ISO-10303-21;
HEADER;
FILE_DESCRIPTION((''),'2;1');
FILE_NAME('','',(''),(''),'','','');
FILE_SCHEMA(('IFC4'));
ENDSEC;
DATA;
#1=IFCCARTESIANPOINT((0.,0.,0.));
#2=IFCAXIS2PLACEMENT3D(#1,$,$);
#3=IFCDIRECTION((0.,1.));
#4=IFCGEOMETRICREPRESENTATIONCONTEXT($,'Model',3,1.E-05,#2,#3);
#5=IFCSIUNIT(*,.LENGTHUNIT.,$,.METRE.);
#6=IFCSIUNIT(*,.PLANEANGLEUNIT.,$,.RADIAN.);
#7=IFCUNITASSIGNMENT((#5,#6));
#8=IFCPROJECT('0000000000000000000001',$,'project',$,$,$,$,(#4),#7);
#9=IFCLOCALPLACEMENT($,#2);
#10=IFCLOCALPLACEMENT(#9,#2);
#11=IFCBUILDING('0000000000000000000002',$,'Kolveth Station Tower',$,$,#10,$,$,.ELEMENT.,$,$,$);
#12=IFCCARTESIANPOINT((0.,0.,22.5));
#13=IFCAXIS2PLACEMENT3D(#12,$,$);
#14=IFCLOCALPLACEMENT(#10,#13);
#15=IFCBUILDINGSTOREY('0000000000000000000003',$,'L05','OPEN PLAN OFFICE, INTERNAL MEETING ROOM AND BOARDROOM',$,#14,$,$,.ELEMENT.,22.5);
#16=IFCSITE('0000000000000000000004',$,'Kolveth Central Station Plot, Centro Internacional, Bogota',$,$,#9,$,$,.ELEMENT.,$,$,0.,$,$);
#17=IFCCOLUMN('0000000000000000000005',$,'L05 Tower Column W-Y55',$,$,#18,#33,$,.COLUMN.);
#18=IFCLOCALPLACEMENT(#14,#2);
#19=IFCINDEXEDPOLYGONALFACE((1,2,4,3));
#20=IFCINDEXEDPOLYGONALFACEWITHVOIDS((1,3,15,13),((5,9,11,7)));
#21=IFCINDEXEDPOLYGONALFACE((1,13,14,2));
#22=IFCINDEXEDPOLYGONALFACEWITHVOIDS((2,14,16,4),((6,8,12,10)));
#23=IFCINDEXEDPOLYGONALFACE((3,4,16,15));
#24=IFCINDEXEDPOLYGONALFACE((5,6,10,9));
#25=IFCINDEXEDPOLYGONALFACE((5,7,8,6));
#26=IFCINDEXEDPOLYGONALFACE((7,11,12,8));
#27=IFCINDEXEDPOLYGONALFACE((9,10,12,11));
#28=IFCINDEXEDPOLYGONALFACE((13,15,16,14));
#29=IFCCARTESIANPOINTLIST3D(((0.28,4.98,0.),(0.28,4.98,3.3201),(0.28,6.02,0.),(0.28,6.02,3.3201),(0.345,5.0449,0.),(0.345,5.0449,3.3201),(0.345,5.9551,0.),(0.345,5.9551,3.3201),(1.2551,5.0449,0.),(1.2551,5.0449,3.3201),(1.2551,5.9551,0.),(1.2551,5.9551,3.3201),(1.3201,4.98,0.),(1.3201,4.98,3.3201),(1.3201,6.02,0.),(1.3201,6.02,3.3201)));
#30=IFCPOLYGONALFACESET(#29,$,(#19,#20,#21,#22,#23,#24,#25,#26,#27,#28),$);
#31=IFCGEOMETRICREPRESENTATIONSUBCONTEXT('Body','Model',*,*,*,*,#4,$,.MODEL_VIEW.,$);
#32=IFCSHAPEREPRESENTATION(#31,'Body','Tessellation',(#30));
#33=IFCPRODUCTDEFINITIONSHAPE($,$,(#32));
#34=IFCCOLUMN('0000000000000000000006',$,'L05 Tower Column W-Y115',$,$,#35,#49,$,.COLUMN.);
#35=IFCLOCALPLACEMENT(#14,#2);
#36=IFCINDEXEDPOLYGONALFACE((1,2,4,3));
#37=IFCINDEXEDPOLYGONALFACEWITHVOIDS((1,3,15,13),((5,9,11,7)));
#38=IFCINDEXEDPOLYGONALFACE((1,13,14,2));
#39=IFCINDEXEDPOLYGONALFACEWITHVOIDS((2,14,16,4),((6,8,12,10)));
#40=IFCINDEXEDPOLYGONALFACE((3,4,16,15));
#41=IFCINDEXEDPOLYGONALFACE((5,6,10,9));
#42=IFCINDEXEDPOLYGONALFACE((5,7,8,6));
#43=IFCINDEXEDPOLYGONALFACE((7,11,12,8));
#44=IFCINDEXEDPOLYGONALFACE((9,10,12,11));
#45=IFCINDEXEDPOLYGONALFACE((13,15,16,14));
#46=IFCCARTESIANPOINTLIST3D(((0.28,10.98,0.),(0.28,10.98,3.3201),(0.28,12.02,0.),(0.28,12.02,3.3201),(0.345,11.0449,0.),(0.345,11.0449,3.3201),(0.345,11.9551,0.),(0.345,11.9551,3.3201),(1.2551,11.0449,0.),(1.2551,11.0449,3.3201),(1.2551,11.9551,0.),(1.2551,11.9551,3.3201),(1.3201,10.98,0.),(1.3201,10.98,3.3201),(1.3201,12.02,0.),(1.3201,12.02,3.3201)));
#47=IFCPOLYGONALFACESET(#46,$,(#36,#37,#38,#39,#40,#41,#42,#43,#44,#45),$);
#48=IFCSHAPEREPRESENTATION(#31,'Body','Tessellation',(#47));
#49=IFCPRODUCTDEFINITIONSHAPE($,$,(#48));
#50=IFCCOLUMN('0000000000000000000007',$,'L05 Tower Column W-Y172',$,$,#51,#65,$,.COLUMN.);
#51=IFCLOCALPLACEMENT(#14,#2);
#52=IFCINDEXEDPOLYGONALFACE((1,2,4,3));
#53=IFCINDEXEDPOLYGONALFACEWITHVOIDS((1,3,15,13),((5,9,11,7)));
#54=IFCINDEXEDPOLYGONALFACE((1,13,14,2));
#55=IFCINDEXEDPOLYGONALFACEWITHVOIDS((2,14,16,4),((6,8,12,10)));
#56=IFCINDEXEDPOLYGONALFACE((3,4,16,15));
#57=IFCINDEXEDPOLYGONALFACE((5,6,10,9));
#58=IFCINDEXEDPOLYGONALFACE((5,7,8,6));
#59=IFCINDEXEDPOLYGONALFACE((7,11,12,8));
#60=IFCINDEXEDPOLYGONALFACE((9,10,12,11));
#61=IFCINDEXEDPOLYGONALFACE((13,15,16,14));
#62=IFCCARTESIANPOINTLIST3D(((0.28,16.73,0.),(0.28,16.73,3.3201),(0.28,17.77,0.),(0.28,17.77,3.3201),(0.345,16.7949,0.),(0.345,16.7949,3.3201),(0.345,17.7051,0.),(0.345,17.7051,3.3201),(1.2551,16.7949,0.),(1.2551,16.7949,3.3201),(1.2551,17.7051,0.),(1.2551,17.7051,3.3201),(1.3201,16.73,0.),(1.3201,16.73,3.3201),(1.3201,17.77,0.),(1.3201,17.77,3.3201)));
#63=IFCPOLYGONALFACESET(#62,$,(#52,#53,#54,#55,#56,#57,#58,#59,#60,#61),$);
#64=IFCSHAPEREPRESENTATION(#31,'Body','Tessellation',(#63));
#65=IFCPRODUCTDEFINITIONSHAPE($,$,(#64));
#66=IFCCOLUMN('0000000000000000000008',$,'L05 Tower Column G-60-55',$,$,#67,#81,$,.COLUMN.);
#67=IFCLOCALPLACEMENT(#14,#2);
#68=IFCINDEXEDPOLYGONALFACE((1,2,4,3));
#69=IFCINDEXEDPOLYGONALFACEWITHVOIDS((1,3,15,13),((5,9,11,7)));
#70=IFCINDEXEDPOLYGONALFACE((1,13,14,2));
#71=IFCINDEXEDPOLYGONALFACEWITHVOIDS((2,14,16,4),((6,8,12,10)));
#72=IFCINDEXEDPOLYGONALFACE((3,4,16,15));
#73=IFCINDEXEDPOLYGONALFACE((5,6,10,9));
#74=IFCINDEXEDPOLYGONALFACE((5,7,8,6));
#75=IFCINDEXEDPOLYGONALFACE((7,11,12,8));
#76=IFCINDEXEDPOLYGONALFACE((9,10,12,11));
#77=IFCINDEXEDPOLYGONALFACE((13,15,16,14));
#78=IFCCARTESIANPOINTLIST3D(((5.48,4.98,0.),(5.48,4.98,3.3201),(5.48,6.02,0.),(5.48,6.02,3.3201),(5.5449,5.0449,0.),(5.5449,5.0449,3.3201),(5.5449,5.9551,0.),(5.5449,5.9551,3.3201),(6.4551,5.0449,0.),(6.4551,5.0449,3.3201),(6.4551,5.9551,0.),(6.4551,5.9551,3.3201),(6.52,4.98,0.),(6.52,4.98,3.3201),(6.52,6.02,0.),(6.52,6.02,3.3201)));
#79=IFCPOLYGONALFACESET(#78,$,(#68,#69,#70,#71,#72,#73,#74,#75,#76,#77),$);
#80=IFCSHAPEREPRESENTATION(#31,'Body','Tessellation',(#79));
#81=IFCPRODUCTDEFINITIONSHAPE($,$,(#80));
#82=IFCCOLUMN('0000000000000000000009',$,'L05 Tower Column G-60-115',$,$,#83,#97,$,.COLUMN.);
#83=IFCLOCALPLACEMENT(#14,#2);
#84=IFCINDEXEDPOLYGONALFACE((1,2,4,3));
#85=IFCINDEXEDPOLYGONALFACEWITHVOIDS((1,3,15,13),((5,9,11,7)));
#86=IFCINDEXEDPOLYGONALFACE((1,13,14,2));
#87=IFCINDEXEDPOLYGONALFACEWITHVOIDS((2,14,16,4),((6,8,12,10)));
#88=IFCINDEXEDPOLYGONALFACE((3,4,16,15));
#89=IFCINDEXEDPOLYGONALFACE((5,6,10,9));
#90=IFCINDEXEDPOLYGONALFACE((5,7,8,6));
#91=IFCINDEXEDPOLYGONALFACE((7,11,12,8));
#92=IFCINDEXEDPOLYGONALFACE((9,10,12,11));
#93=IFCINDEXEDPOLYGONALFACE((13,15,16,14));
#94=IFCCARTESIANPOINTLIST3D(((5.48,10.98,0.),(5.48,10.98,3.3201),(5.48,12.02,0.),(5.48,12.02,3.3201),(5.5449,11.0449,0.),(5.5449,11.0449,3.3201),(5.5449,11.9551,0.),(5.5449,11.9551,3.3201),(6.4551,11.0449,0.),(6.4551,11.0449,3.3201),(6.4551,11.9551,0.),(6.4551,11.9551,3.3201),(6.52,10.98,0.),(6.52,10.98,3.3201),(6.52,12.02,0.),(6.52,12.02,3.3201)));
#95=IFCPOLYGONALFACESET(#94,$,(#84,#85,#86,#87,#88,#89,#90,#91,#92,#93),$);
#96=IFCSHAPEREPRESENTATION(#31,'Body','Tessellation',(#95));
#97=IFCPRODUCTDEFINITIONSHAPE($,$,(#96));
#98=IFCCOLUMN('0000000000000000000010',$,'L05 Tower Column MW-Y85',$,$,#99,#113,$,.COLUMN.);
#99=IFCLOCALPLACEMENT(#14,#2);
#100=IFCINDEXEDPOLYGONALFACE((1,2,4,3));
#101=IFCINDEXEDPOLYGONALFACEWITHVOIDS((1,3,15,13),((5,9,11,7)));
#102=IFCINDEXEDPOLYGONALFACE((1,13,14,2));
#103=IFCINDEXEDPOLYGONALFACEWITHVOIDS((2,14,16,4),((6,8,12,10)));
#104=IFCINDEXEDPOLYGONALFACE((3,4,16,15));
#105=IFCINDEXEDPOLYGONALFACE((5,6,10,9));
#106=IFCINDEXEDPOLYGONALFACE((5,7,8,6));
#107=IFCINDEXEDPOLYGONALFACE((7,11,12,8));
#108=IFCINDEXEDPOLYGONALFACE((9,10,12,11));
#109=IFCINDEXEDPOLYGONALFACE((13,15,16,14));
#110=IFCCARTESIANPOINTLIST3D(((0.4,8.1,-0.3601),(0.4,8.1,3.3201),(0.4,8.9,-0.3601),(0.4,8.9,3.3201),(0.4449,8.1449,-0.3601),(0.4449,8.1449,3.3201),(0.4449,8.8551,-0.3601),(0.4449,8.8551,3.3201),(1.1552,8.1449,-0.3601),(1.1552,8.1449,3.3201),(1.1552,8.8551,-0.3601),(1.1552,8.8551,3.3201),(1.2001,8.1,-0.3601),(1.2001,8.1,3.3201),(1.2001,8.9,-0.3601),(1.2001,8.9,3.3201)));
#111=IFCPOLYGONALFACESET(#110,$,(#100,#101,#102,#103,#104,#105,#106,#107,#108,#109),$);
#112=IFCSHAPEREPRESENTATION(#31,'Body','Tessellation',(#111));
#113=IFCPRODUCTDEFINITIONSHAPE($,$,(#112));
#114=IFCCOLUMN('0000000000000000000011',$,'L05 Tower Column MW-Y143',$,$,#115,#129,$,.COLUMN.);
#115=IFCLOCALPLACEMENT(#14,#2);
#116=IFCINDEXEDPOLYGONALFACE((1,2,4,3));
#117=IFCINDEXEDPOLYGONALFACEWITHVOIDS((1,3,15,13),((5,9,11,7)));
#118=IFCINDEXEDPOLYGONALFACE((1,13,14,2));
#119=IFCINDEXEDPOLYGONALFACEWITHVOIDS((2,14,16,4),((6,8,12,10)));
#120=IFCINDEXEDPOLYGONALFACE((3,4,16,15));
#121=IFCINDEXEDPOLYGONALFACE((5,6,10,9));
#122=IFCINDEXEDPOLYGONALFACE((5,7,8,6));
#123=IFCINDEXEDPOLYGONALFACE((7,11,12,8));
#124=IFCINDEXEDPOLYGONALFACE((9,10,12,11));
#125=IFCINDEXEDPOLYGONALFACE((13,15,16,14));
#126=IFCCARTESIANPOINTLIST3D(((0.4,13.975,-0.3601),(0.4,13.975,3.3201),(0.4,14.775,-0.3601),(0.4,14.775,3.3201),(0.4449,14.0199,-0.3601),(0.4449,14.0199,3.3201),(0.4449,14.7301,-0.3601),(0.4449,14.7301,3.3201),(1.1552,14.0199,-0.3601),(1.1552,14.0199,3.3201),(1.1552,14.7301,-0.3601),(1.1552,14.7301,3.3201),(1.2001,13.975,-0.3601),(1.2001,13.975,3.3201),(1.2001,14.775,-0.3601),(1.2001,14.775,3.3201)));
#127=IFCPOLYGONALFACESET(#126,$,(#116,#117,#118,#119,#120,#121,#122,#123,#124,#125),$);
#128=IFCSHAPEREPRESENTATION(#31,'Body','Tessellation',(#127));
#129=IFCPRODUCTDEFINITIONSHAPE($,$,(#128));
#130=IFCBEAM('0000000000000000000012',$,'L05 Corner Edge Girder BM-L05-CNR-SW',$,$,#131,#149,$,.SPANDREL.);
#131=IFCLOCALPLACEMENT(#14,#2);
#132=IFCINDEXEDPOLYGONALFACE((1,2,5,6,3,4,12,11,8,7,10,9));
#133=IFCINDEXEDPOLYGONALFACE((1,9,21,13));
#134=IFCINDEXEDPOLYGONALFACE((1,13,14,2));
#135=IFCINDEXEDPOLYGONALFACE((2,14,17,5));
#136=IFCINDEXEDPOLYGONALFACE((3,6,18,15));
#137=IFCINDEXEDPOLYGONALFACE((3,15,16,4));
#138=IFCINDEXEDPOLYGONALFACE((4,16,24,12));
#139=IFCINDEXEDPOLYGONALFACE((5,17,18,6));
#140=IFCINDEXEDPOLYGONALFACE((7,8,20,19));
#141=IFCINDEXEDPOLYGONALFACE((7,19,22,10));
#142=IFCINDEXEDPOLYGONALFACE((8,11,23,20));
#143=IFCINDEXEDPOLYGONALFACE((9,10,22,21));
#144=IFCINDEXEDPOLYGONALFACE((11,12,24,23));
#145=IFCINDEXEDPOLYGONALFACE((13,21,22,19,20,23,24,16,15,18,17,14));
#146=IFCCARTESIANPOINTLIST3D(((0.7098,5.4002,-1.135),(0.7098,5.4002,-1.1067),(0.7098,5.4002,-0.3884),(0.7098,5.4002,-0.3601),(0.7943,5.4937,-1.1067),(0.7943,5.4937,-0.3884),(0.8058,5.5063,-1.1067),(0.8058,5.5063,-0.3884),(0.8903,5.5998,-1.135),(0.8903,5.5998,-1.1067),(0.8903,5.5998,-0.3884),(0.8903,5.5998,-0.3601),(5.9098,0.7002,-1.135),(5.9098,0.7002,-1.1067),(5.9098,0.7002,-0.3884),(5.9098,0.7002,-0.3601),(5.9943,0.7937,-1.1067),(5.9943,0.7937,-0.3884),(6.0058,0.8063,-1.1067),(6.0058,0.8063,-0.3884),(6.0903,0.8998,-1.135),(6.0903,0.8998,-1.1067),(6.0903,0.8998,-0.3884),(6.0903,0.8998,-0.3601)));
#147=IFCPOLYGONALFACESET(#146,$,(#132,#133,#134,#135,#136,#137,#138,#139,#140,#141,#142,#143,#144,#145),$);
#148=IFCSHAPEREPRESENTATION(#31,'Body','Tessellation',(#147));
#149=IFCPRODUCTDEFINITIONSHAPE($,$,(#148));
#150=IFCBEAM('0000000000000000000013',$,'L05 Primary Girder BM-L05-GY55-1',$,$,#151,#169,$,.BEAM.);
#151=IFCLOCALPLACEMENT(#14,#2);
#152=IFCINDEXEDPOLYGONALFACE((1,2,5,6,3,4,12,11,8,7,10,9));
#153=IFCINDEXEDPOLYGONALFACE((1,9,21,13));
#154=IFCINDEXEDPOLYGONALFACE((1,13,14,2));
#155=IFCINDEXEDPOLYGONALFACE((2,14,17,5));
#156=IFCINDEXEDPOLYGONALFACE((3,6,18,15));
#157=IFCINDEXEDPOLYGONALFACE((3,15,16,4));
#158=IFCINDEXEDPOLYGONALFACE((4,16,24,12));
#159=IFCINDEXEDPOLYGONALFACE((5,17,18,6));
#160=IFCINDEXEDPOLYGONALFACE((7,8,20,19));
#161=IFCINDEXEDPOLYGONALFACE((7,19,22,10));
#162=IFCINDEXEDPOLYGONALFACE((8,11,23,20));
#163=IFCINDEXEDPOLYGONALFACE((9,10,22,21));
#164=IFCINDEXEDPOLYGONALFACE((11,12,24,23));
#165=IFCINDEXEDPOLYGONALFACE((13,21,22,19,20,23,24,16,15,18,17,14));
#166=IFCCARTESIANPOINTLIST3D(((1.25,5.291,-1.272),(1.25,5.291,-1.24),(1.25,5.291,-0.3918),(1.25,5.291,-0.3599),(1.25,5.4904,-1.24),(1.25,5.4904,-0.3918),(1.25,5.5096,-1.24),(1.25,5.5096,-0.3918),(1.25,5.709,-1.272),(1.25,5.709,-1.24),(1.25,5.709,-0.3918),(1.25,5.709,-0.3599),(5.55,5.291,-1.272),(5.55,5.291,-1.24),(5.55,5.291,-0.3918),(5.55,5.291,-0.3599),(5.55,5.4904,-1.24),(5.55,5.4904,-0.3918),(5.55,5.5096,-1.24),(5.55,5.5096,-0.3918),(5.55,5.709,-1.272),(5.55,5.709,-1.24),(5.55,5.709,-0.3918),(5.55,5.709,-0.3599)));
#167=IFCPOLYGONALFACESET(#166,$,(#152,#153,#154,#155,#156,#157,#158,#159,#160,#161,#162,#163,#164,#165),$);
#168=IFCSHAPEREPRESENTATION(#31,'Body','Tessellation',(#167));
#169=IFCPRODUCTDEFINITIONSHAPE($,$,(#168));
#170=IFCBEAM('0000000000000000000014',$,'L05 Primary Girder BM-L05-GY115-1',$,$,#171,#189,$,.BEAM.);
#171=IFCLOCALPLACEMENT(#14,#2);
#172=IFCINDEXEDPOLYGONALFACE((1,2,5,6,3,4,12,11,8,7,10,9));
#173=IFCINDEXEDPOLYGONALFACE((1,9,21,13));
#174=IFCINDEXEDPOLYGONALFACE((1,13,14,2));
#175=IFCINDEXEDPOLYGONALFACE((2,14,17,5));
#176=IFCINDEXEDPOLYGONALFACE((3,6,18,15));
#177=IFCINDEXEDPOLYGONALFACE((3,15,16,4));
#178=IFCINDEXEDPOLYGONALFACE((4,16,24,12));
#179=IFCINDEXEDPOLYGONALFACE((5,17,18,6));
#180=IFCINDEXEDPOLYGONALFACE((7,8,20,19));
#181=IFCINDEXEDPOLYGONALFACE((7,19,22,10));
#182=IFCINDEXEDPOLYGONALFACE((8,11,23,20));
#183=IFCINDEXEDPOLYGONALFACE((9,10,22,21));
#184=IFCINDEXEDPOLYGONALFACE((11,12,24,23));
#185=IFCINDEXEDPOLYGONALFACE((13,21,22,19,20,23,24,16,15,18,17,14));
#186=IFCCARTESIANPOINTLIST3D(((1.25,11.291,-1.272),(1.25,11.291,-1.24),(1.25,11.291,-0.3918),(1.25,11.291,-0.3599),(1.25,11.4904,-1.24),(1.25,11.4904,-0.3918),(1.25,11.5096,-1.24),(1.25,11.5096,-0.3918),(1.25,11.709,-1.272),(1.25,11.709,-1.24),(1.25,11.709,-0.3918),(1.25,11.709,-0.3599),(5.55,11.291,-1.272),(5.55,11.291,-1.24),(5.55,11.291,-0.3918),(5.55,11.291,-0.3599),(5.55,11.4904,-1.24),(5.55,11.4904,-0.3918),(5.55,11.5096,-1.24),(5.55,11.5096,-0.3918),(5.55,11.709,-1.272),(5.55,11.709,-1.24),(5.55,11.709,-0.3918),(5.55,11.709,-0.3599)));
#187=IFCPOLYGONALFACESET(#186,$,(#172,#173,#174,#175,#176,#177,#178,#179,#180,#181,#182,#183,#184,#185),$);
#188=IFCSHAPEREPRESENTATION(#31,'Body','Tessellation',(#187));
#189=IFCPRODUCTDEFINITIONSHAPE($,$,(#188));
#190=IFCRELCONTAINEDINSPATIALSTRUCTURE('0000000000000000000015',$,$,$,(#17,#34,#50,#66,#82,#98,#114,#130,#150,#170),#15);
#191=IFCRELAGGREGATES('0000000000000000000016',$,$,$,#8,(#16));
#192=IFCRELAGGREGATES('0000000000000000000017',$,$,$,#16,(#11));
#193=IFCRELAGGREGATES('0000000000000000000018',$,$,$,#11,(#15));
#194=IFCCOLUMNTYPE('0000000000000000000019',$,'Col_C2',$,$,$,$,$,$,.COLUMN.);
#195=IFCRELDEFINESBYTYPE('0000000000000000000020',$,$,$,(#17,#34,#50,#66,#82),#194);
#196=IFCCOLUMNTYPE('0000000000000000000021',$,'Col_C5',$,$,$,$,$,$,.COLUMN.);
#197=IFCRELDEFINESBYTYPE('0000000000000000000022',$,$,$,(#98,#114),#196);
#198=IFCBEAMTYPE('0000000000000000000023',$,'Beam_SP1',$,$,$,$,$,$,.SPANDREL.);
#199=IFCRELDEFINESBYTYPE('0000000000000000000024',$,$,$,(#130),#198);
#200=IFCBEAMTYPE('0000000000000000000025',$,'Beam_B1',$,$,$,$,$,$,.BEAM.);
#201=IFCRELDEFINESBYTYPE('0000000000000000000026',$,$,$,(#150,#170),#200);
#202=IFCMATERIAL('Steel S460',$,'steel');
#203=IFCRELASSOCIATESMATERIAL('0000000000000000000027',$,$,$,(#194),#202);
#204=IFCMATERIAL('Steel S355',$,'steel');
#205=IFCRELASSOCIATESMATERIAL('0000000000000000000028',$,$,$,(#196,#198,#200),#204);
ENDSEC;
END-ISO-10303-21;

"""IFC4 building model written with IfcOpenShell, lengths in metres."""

from ifc_helpers import new_model, si_unit, direction, frame, origin, origin_2d, place, context, subcontext, project, spatial, hollow_rectangle, i_section, extrude, source, transform, mapped, material, material_profile, profile_set, type_object, element, save


model = new_model("IFC4")

# Units and contexts
model_context = context("Model", 3, precision=1e-05, world=origin(), true_north=direction((0.0, 1.0)))
body_context = subcontext(model_context, "Body", "Model", "MODEL_VIEW")
ifc_project = project(units=[si_unit("LENGTHUNIT", "METRE"), si_unit("PLANEANGLEUNIT", "RADIAN")], contexts=[model_context])

# Site, building, storey
site_placement = place(None, origin())
site = spatial("IfcSite", under=ifc_project, at=site_placement, Name="Kolveth Central Station Plot, Centro Internacional, Bogota", CompositionType="ELEMENT", RefElevation=0.0)
building_placement = place(site_placement, origin())
building = spatial("IfcBuilding", under=site, at=building_placement, Name="Kolveth Station Tower", CompositionType="ELEMENT")
storey_placement = place(building_placement, frame((0.0, 0.0, 22.5)))
storey = spatial("IfcBuildingStorey", under=building, at=storey_placement, Name="L05", Description="OPEN PLAN OFFICE, INTERNAL MEETING ROOM AND BOARDROOM", CompositionType="ELEMENT", Elevation=22.5)

# Columns
ifc_material_1 = material(Name="Steel S460", Category="steel")
ifc_material_profile_1 = material_profile(ifc_material_1, hollow_rectangle(XDim=1.04, YDim=1.04, WallThickness=0.0649, at=origin_2d()), Name="BOX1040x1040x65")
ifc_profile_set_1 = profile_set([ifc_material_profile_1], Name="Steel S460")
column_type_1 = type_object("IfcColumnType", Name="Col_C2", PredefinedType="COLUMN", material=ifc_profile_set_1)
shared_shape_1 = source(origin(), body_context, "Body", "SweptSolid", [
    extrude(hollow_rectangle(XDim=1.04, YDim=1.04, WallThickness=0.0649, at=origin_2d()), origin(), (0.0, 0.0, 1.0), 3.3201),
])
for number, where, z_axis, x_axis, name in (
    (1, (0.8, 5.5, 0.0), (0.0, 0.0, 1.0), (1.0, 0.0, 0.0), "L05 Tower Column W-Y55"),
    (2, (0.8, 11.5, 0.0), (0.0, 0.0, 1.0), (1.0, 0.0, 0.0), "L05 Tower Column W-Y115"),
    (3, (0.8, 17.25, 0.0), (0.0, 0.0, 1.0), (1.0, 0.0, 0.0), "L05 Tower Column W-Y172"),
    (4, (6.0, 5.5, 0.0), (0.0, 0.0, 1.0), (1.0, 0.0, 0.0), "L05 Tower Column G-60-55"),
    (5, (6.0, 11.5, 0.0), (0.0, 0.0, 1.0), (1.0, 0.0, 0.0), "L05 Tower Column G-60-115"),
):
    element("IfcColumn", number, at=place(storey_placement, frame(where, z_axis=z_axis, x_axis=x_axis)), inside=storey, type_object=column_type_1, Name=name, PredefinedType="COLUMN", context=body_context, shape_type="MappedRepresentation", body=[
        mapped(shared_shape_1, transform((0.0, 0.0, 0.0), x_axis=(1.0, 0.0, 0.0), y_axis=(0.0, 1.0, 0.0), z_axis=(0.0, 0.0, 1.0), scale=1.0)),
    ])
ifc_material_2 = material(Name="Steel S355", Category="steel")
ifc_material_profile_2 = material_profile(ifc_material_2, hollow_rectangle(XDim=0.8, YDim=0.8, WallThickness=0.0449, at=origin_2d()), Name="BOX800x800x45")
ifc_profile_set_2 = profile_set([ifc_material_profile_2], Name="Steel S355")
column_type_2 = type_object("IfcColumnType", Name="Col_C5", PredefinedType="COLUMN", material=ifc_profile_set_2)
shared_shape_2 = source(origin(), body_context, "Body", "SweptSolid", [
    extrude(hollow_rectangle(XDim=0.8, YDim=0.8, WallThickness=0.0449, at=origin_2d()), origin(), (0.0, 0.0, 1.0), 3.6802),
])
for number, where, z_axis, x_axis, name in (
    (6, (0.8, 8.5, -0.3601), (0.0, 0.0, 1.0), (1.0, 0.0, 0.0), "L05 Tower Column MW-Y85"),
    (7, (0.8, 14.375, -0.3601), (0.0, 0.0, 1.0), (1.0, 0.0, 0.0), "L05 Tower Column MW-Y143"),
):
    element("IfcColumn", number, at=place(storey_placement, frame(where, z_axis=z_axis, x_axis=x_axis)), inside=storey, type_object=column_type_2, Name=name, PredefinedType="COLUMN", context=body_context, shape_type="MappedRepresentation", body=[
        mapped(shared_shape_2, transform((0.0, 0.0, 0.0), x_axis=(1.0, 0.0, 0.0), y_axis=(0.0, 1.0, 0.0), z_axis=(0.0, 0.0, 1.0), scale=1.0)),
    ])

# Beams
ifc_material_profile_3 = material_profile(ifc_material_2, i_section(OverallWidth=0.269, OverallDepth=0.7749, WebThickness=0.0171, FlangeThickness=0.0283, at=origin_2d()), Name="W760x220")
ifc_profile_set_3 = profile_set([ifc_material_profile_3], Name="Steel S355")
beam_type_1 = type_object("IfcBeamType", Name="Beam_SP1", PredefinedType="SPANDREL", material=ifc_profile_set_3)
shared_shape_3 = source(origin(), body_context, "Body", "SweptSolid", [
    extrude(i_section(OverallWidth=0.269, OverallDepth=0.7749, WebThickness=0.0171, FlangeThickness=0.0283, at=origin_2d()), origin(), (0.0, 0.0, 1.0), 7.0093),
])
beam_1_placement = place(storey_placement, frame((0.8, 5.5, -0.7476), z_axis=(0.741874, -0.670539, 0.0), x_axis=(0.670539, 0.741874, 0.0)))
element("IfcBeam", 8, at=beam_1_placement, inside=storey, type_object=beam_type_1, Name="L05 Corner Edge Girder BM-L05-CNR-SW", PredefinedType="SPANDREL", context=body_context, shape_type="MappedRepresentation", body=[
    mapped(shared_shape_3, transform((0.0, 0.0, 0.0), x_axis=(1.0, 0.0, 0.0), y_axis=(0.0, 1.0, 0.0), z_axis=(0.0, 0.0, 1.0), scale=1.0)),
])
ifc_material_profile_4 = material_profile(ifc_material_2, i_section(OverallWidth=0.418, OverallDepth=0.9121, WebThickness=0.0193, FlangeThickness=0.032, at=origin_2d()), Name="W920x342")
ifc_profile_set_4 = profile_set([ifc_material_profile_4], Name="Steel S355")
beam_type_2 = type_object("IfcBeamType", Name="Beam_B1", PredefinedType="BEAM", material=ifc_profile_set_4)
shared_shape_4 = source(origin(), body_context, "Body", "SweptSolid", [
    extrude(i_section(OverallWidth=0.418, OverallDepth=0.9121, WebThickness=0.0193, FlangeThickness=0.032, at=origin_2d()), origin(), (0.0, 0.0, 1.0), 4.3),
])
for number, where, z_axis, x_axis, name in (
    (9, (1.25, 5.5, -0.8159), (1.0, 0.0, 0.0), (0.0, 1.0, 0.0), "L05 Primary Girder BM-L05-GY55-1"),
    (10, (1.25, 11.5, -0.8159), (1.0, 0.0, 0.0), (0.0, 1.0, 0.0), "L05 Primary Girder BM-L05-GY115-1"),
):
    element("IfcBeam", number, at=place(storey_placement, frame(where, z_axis=z_axis, x_axis=x_axis)), inside=storey, type_object=beam_type_2, Name=name, PredefinedType="BEAM", context=body_context, shape_type="MappedRepresentation", body=[
        mapped(shared_shape_4, transform((0.0, 0.0, 0.0), x_axis=(1.0, 0.0, 0.0), y_axis=(0.0, 1.0, 0.0), z_axis=(0.0, 0.0, 1.0), scale=1.0)),
    ])

save(model, "model.ifc")
